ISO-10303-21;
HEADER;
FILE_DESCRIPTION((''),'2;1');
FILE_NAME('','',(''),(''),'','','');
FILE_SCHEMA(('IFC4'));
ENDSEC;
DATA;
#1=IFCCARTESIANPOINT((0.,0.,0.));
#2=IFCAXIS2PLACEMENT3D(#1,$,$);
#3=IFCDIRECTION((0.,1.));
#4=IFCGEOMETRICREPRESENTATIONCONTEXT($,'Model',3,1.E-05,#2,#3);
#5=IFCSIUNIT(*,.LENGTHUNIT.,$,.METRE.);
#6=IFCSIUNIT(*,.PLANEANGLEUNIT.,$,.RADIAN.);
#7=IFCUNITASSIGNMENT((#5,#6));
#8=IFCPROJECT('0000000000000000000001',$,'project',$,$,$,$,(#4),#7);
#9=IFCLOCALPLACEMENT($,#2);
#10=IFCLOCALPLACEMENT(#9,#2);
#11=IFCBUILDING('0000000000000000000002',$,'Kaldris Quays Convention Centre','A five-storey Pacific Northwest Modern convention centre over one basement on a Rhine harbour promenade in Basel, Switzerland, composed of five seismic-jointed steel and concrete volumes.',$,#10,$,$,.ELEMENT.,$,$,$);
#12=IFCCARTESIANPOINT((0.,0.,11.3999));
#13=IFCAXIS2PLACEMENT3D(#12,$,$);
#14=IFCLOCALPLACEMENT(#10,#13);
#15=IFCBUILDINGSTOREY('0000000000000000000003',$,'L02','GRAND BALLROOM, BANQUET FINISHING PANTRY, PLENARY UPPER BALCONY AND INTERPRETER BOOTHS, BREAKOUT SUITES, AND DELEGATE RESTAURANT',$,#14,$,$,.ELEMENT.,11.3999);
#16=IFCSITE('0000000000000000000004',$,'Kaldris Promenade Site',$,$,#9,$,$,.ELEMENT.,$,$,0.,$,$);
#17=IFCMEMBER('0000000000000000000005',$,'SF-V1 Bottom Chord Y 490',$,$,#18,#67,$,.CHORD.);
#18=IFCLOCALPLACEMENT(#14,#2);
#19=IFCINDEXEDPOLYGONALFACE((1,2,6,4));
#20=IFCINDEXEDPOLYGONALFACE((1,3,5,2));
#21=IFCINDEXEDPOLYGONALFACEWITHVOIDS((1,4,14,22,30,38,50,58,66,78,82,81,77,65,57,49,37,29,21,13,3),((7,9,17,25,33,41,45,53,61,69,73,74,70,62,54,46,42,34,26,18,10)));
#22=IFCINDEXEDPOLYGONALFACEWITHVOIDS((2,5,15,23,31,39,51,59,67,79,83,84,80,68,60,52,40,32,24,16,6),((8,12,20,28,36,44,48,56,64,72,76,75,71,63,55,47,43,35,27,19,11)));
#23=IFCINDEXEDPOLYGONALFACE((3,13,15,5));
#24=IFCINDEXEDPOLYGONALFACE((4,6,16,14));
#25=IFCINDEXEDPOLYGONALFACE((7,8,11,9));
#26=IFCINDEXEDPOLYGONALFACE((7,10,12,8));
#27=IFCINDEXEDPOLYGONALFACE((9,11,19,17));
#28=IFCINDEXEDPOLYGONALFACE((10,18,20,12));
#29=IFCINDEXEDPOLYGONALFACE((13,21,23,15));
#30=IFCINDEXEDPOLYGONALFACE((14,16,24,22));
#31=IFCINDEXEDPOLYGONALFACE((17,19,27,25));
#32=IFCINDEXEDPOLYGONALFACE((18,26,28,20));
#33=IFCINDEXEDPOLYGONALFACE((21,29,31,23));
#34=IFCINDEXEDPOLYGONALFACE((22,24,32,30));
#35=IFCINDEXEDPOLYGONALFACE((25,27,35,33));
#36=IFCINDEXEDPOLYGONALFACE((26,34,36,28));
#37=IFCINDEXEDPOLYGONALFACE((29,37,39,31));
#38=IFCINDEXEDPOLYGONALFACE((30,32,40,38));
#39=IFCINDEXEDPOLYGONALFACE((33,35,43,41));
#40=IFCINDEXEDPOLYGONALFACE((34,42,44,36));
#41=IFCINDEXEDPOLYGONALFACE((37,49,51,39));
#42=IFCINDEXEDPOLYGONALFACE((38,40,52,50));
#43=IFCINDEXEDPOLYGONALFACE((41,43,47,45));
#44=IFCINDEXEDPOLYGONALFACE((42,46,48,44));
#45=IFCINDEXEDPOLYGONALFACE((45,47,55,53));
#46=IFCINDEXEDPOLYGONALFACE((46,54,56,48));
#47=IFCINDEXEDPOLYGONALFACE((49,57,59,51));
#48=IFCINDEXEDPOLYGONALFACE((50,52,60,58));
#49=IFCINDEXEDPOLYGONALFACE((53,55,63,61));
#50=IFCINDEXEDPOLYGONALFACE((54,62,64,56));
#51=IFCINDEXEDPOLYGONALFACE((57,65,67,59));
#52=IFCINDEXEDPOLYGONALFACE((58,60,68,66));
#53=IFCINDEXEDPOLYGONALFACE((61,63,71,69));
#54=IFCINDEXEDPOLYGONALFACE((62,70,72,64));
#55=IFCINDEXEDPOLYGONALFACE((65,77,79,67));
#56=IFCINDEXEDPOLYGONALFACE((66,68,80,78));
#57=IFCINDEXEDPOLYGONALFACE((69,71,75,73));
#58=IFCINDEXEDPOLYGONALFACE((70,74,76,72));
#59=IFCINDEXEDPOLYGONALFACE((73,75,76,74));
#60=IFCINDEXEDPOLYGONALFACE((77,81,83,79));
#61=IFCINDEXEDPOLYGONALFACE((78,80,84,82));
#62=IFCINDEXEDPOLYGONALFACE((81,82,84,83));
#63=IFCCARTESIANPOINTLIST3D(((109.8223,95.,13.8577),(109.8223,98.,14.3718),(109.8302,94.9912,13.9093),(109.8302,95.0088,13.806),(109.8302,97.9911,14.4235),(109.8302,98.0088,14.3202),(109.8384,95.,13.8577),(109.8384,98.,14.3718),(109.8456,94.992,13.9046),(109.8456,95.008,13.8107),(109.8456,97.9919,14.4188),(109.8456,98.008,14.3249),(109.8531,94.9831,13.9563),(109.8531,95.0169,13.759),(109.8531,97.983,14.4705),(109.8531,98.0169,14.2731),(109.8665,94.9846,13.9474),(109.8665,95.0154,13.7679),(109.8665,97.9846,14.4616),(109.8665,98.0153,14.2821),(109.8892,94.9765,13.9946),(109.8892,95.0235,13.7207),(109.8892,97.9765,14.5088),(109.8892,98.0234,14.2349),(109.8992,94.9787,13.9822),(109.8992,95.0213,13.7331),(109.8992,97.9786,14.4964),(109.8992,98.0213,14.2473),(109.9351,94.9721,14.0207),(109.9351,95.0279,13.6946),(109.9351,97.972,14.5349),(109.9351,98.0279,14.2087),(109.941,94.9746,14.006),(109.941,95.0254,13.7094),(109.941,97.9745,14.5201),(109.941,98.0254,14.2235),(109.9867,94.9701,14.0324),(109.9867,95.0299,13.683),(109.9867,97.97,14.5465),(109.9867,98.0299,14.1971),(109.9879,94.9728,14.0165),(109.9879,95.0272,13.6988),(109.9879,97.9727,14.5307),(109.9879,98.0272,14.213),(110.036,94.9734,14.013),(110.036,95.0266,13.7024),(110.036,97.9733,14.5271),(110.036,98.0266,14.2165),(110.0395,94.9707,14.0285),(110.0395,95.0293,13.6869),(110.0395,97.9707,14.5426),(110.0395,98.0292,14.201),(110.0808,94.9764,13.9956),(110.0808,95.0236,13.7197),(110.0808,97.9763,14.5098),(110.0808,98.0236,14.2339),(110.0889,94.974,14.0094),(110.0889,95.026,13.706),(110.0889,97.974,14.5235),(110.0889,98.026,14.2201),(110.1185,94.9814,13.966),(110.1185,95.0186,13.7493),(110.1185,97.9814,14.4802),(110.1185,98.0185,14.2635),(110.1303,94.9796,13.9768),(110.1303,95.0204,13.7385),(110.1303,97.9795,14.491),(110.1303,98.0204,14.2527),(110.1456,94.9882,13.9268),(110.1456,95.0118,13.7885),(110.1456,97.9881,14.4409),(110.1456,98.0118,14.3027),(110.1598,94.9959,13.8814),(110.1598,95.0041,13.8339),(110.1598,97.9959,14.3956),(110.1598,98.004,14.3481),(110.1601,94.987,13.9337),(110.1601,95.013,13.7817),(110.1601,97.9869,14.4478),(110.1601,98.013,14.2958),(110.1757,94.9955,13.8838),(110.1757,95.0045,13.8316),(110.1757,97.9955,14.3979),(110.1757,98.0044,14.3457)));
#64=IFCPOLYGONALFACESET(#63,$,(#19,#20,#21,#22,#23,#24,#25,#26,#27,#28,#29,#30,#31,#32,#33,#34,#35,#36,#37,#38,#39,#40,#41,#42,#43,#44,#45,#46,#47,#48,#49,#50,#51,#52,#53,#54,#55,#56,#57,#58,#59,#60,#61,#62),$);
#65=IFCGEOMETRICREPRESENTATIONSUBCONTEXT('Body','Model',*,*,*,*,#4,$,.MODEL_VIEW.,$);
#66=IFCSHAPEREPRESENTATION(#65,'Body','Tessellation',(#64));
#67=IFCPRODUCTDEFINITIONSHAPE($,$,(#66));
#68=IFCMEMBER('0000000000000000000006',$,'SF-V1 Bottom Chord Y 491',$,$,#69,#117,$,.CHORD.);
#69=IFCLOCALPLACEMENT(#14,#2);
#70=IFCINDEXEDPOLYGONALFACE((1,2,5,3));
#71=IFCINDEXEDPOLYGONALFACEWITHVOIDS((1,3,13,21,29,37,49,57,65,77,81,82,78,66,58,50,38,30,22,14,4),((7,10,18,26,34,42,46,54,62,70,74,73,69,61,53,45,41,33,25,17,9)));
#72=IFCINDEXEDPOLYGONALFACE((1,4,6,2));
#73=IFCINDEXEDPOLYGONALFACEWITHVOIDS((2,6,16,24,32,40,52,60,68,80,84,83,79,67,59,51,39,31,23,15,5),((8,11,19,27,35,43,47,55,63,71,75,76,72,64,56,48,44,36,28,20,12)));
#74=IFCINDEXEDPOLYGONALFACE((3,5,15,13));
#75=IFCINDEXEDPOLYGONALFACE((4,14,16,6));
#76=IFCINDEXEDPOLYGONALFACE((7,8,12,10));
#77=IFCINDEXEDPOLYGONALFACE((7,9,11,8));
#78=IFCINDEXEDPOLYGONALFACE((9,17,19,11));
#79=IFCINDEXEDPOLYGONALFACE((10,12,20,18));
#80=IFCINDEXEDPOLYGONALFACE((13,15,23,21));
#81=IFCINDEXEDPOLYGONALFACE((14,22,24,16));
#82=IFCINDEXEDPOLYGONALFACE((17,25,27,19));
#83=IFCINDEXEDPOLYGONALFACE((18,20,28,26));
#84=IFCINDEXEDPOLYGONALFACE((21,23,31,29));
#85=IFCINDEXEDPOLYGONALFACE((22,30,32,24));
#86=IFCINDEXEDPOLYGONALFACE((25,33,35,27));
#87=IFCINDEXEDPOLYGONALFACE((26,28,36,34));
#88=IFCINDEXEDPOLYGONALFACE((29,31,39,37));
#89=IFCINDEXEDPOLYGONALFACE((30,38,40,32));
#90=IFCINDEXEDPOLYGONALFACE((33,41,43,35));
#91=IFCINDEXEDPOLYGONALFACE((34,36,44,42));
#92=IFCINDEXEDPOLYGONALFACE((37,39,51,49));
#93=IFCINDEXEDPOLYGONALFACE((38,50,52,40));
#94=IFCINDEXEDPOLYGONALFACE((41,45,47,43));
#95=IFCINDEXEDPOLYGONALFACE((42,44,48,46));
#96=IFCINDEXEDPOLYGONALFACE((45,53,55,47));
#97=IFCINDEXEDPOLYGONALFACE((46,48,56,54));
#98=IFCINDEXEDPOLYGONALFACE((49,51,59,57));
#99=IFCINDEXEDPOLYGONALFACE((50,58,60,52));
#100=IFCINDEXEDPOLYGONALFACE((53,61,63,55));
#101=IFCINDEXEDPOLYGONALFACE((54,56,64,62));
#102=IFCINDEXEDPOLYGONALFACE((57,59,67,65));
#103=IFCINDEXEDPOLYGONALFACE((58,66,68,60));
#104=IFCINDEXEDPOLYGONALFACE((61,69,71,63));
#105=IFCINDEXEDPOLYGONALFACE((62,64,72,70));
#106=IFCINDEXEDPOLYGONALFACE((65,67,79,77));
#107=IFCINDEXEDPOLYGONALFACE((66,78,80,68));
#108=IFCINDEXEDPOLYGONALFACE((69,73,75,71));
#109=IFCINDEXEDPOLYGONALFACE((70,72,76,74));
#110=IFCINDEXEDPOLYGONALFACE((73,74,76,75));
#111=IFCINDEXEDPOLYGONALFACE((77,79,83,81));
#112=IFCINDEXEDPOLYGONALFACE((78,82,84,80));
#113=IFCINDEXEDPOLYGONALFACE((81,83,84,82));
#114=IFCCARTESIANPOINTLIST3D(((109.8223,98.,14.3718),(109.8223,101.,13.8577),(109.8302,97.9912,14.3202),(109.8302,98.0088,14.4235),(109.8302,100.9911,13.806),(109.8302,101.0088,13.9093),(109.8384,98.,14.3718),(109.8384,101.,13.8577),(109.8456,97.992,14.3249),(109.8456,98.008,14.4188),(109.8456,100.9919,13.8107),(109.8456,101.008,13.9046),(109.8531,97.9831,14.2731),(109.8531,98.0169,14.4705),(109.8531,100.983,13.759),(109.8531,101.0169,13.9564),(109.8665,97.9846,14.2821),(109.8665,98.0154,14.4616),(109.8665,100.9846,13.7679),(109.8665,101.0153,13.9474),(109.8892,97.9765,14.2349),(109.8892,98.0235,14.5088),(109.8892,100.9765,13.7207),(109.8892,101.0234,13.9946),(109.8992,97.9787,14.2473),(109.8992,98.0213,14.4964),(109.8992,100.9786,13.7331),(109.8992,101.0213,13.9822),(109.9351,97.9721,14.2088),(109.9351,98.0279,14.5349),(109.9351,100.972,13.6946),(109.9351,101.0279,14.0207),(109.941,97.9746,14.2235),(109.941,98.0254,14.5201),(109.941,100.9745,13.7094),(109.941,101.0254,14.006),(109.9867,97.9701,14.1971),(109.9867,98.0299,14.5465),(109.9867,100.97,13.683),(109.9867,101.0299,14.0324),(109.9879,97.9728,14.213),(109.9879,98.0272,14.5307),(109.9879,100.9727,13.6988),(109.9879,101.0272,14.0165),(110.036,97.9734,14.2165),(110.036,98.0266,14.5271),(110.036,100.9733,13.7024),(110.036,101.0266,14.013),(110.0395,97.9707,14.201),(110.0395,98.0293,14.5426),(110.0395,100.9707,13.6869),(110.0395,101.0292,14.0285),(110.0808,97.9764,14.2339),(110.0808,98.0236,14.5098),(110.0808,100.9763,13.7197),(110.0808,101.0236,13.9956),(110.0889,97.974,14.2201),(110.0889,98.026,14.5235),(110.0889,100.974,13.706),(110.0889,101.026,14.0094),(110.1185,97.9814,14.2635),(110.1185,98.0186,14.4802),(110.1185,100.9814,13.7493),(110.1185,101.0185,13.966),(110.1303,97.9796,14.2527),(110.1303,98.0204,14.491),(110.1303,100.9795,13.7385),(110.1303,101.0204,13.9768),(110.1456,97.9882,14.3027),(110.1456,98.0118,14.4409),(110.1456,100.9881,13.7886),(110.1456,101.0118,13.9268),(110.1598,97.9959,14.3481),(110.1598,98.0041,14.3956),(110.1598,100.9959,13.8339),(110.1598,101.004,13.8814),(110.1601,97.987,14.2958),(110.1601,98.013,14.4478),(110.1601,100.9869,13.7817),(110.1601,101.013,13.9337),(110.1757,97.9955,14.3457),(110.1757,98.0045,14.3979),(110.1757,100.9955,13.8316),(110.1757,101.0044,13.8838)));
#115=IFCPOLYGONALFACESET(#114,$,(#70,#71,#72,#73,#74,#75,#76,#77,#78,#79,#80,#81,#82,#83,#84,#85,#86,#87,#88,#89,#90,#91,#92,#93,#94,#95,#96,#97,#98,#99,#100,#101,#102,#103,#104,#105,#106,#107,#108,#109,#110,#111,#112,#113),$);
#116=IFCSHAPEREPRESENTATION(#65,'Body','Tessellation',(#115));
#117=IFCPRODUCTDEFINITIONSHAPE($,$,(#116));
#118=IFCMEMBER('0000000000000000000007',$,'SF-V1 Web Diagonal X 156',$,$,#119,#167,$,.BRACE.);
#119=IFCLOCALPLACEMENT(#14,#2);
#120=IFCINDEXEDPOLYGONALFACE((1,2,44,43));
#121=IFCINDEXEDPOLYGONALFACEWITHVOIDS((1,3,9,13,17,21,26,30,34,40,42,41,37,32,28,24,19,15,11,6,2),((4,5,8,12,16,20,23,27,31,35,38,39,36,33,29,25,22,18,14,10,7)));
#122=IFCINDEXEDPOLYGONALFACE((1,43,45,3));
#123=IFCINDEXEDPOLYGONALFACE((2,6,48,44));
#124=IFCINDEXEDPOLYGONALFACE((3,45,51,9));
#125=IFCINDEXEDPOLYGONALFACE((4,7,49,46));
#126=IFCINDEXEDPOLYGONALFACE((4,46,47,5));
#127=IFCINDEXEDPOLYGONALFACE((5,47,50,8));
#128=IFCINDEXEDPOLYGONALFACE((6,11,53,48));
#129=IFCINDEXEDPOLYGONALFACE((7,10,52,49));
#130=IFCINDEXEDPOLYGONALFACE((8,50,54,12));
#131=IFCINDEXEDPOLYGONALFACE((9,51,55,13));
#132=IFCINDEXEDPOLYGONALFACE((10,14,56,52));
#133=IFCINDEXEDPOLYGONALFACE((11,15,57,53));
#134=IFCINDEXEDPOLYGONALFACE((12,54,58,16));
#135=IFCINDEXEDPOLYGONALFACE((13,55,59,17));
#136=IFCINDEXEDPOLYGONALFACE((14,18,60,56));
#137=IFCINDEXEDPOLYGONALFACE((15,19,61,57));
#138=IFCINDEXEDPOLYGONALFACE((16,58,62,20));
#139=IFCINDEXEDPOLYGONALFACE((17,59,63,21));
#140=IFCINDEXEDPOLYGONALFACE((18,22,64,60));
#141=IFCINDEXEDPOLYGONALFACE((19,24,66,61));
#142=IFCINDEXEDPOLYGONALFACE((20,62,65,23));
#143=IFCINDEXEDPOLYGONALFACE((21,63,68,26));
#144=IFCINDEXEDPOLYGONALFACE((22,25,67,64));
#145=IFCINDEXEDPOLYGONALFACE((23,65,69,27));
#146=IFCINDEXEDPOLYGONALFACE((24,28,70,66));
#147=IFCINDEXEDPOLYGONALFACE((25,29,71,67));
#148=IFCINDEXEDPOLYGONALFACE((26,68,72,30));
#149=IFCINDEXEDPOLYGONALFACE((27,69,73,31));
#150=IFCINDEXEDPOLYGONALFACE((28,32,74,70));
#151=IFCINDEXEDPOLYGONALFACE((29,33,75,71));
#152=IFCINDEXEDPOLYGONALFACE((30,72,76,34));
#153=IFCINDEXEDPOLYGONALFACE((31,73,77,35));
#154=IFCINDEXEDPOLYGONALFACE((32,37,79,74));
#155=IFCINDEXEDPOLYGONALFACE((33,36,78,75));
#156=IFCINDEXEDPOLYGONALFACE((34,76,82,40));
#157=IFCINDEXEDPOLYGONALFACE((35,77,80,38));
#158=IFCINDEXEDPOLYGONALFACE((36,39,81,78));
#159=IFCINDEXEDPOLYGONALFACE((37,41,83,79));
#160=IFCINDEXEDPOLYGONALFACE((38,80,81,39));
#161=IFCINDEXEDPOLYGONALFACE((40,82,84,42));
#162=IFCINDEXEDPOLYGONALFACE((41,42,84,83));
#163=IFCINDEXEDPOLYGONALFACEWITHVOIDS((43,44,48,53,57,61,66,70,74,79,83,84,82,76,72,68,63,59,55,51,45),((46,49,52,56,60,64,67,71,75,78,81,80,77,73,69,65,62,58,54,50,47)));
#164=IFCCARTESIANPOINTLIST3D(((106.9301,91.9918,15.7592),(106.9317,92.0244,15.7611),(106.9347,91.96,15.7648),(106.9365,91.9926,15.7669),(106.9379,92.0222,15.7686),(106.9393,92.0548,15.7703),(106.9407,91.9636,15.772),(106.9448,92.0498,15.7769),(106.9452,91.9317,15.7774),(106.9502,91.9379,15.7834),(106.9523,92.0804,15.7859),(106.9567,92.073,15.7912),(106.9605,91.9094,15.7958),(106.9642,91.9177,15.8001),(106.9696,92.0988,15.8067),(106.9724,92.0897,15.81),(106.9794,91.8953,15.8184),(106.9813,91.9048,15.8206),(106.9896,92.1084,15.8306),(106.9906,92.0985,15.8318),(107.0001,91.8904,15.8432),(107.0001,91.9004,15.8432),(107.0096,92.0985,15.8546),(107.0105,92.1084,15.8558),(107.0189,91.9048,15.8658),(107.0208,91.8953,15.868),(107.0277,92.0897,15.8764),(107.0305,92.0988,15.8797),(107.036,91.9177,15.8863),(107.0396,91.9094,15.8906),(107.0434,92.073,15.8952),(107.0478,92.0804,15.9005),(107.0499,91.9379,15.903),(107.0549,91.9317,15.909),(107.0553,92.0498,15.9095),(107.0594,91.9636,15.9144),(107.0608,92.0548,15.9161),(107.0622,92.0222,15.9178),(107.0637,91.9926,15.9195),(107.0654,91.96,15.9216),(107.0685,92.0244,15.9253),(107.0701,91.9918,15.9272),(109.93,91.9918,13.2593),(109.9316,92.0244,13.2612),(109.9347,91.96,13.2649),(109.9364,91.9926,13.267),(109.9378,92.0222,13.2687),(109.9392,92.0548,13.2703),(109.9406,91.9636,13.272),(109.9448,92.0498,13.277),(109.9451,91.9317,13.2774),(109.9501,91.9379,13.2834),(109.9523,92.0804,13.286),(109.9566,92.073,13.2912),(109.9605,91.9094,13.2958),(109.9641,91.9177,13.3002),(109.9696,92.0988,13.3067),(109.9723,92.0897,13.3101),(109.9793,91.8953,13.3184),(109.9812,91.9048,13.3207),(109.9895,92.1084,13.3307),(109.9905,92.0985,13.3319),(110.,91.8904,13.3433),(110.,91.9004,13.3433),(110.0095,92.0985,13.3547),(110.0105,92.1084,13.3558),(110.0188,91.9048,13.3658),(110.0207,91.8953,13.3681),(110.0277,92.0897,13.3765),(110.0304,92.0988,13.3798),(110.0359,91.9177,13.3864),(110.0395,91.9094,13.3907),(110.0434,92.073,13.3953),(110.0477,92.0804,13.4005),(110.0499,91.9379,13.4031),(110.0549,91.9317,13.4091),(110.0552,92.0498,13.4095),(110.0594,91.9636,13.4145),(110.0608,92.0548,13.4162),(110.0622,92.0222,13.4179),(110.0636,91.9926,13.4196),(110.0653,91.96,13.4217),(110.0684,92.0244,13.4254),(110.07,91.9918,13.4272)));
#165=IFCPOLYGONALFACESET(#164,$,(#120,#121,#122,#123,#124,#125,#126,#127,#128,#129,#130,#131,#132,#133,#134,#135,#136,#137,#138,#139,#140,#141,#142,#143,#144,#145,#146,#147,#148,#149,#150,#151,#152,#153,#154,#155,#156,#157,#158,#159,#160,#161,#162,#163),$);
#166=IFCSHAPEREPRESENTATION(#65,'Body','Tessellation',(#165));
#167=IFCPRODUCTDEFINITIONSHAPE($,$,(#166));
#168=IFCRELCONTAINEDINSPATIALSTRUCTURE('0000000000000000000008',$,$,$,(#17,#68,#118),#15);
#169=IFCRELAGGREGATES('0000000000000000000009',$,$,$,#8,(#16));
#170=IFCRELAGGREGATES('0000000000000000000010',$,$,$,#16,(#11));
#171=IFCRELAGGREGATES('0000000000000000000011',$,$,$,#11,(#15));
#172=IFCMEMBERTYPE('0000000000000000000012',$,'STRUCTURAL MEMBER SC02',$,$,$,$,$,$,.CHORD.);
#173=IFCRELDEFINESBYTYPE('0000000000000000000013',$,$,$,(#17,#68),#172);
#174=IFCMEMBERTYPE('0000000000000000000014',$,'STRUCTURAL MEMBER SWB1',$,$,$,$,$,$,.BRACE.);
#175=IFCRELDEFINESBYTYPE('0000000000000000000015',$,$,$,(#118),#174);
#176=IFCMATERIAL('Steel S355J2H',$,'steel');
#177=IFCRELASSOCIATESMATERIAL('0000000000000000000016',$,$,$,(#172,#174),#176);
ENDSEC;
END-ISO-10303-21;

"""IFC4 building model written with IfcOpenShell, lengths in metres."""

from ifc_helpers import new_model, si_unit, direction, frame, origin, origin_2d, place, context, subcontext, project, spatial, hollow_circle, extrude, material, material_profile, profile_set, type_object, element, save


model = new_model("IFC4")

# Units and contexts
model_context = context("Model", 3, precision=1e-05, world=origin(), true_north=direction((0.0, 1.0)))
body_context = subcontext(model_context, "Body", "Model", "MODEL_VIEW")
ifc_project = project(units=[si_unit("LENGTHUNIT", "METRE"), si_unit("PLANEANGLEUNIT", "RADIAN")], contexts=[model_context])

# Site, building, storey
site_placement = place(None, origin())
site = spatial("IfcSite", under=ifc_project, at=site_placement, Name="Kaldris Promenade Site", CompositionType="ELEMENT", RefElevation=0.0)
building_placement = place(site_placement, origin())
building = spatial("IfcBuilding", under=site, at=building_placement, Name="Kaldris Quays Convention Centre", Description="A five-storey Pacific Northwest Modern convention centre over one basement on a Rhine harbour promenade in Basel, Switzerland, composed of five seismic-jointed steel and concrete volumes.", CompositionType="ELEMENT")
storey_placement = place(building_placement, frame((0.0, 0.0, 11.3999)))
storey = spatial("IfcBuildingStorey", under=building, at=storey_placement, Name="L02", Description="GRAND BALLROOM, BANQUET FINISHING PANTRY, PLENARY UPPER BALCONY AND INTERPRETER BOOTHS, BREAKOUT SUITES, AND DELEGATE RESTAURANT", CompositionType="ELEMENT", Elevation=11.3999)

# Members
ifc_material_1 = material(Name="Steel S355J2H", Category="steel")
ifc_material_profile_1 = material_profile(ifc_material_1, hollow_circle(Radius=0.1777, WallThickness=0.0161, at=origin_2d()), Name="CHS 355.6x16")
ifc_profile_set_1 = profile_set([ifc_material_profile_1], Name="Steel S355J2H")
member_type_1 = type_object("IfcMemberType", Name="STRUCTURAL MEMBER SC02", PredefinedType="CHORD", material=ifc_profile_set_1)
for number, where, z_axis, x_axis, name in (
    (1, (110.0, 95.0, 13.8577), (0.0, 0.985629, 0.168924), (-1.0, 0.0, 0.0), "SF-V1 Bottom Chord Y 490"),
    (2, (110.0, 98.0, 14.3718), (0.0, 0.985629, -0.168924), (-1.0, 0.0, 0.0), "SF-V1 Bottom Chord Y 491"),
):
    element("IfcMember", number, at=place(storey_placement, frame(where, z_axis=z_axis, x_axis=x_axis)), inside=storey, type_object=member_type_1, Name=name, PredefinedType="CHORD", context=body_context, shape_type="SweptSolid", body=[
        extrude(hollow_circle(Radius=0.1777, WallThickness=0.0161, at=origin_2d()), origin(), (0.0, 0.0, 1.0), 3.0437),
    ])
ifc_material_profile_2 = material_profile(ifc_material_1, hollow_circle(Radius=0.1096, WallThickness=0.01, at=origin_2d()), Name="CHS 219.1x10")
ifc_profile_set_2 = profile_set([ifc_material_profile_2], Name="Steel S355J2H")
member_type_2 = type_object("IfcMemberType", Name="STRUCTURAL MEMBER SWB1", PredefinedType="BRACE", material=ifc_profile_set_2)
for number, where, z_axis, x_axis, name in (
    (3, (110.0, 92.0, 13.3433), (-0.768221, 0.0, 0.640184), (0.0, -1.0, 0.0), "SF-V1 Web Diagonal X 156"),
):
    element("IfcMember", number, at=place(storey_placement, frame(where, z_axis=z_axis, x_axis=x_axis)), inside=storey, type_object=member_type_2, Name=name, PredefinedType="BRACE", context=body_context, shape_type="SweptSolid", body=[
        extrude(hollow_circle(Radius=0.1096, WallThickness=0.01, at=origin_2d()), origin(), (0.0, 0.0, 1.0), 3.905),
    ])

save(model, "model.ifc")
